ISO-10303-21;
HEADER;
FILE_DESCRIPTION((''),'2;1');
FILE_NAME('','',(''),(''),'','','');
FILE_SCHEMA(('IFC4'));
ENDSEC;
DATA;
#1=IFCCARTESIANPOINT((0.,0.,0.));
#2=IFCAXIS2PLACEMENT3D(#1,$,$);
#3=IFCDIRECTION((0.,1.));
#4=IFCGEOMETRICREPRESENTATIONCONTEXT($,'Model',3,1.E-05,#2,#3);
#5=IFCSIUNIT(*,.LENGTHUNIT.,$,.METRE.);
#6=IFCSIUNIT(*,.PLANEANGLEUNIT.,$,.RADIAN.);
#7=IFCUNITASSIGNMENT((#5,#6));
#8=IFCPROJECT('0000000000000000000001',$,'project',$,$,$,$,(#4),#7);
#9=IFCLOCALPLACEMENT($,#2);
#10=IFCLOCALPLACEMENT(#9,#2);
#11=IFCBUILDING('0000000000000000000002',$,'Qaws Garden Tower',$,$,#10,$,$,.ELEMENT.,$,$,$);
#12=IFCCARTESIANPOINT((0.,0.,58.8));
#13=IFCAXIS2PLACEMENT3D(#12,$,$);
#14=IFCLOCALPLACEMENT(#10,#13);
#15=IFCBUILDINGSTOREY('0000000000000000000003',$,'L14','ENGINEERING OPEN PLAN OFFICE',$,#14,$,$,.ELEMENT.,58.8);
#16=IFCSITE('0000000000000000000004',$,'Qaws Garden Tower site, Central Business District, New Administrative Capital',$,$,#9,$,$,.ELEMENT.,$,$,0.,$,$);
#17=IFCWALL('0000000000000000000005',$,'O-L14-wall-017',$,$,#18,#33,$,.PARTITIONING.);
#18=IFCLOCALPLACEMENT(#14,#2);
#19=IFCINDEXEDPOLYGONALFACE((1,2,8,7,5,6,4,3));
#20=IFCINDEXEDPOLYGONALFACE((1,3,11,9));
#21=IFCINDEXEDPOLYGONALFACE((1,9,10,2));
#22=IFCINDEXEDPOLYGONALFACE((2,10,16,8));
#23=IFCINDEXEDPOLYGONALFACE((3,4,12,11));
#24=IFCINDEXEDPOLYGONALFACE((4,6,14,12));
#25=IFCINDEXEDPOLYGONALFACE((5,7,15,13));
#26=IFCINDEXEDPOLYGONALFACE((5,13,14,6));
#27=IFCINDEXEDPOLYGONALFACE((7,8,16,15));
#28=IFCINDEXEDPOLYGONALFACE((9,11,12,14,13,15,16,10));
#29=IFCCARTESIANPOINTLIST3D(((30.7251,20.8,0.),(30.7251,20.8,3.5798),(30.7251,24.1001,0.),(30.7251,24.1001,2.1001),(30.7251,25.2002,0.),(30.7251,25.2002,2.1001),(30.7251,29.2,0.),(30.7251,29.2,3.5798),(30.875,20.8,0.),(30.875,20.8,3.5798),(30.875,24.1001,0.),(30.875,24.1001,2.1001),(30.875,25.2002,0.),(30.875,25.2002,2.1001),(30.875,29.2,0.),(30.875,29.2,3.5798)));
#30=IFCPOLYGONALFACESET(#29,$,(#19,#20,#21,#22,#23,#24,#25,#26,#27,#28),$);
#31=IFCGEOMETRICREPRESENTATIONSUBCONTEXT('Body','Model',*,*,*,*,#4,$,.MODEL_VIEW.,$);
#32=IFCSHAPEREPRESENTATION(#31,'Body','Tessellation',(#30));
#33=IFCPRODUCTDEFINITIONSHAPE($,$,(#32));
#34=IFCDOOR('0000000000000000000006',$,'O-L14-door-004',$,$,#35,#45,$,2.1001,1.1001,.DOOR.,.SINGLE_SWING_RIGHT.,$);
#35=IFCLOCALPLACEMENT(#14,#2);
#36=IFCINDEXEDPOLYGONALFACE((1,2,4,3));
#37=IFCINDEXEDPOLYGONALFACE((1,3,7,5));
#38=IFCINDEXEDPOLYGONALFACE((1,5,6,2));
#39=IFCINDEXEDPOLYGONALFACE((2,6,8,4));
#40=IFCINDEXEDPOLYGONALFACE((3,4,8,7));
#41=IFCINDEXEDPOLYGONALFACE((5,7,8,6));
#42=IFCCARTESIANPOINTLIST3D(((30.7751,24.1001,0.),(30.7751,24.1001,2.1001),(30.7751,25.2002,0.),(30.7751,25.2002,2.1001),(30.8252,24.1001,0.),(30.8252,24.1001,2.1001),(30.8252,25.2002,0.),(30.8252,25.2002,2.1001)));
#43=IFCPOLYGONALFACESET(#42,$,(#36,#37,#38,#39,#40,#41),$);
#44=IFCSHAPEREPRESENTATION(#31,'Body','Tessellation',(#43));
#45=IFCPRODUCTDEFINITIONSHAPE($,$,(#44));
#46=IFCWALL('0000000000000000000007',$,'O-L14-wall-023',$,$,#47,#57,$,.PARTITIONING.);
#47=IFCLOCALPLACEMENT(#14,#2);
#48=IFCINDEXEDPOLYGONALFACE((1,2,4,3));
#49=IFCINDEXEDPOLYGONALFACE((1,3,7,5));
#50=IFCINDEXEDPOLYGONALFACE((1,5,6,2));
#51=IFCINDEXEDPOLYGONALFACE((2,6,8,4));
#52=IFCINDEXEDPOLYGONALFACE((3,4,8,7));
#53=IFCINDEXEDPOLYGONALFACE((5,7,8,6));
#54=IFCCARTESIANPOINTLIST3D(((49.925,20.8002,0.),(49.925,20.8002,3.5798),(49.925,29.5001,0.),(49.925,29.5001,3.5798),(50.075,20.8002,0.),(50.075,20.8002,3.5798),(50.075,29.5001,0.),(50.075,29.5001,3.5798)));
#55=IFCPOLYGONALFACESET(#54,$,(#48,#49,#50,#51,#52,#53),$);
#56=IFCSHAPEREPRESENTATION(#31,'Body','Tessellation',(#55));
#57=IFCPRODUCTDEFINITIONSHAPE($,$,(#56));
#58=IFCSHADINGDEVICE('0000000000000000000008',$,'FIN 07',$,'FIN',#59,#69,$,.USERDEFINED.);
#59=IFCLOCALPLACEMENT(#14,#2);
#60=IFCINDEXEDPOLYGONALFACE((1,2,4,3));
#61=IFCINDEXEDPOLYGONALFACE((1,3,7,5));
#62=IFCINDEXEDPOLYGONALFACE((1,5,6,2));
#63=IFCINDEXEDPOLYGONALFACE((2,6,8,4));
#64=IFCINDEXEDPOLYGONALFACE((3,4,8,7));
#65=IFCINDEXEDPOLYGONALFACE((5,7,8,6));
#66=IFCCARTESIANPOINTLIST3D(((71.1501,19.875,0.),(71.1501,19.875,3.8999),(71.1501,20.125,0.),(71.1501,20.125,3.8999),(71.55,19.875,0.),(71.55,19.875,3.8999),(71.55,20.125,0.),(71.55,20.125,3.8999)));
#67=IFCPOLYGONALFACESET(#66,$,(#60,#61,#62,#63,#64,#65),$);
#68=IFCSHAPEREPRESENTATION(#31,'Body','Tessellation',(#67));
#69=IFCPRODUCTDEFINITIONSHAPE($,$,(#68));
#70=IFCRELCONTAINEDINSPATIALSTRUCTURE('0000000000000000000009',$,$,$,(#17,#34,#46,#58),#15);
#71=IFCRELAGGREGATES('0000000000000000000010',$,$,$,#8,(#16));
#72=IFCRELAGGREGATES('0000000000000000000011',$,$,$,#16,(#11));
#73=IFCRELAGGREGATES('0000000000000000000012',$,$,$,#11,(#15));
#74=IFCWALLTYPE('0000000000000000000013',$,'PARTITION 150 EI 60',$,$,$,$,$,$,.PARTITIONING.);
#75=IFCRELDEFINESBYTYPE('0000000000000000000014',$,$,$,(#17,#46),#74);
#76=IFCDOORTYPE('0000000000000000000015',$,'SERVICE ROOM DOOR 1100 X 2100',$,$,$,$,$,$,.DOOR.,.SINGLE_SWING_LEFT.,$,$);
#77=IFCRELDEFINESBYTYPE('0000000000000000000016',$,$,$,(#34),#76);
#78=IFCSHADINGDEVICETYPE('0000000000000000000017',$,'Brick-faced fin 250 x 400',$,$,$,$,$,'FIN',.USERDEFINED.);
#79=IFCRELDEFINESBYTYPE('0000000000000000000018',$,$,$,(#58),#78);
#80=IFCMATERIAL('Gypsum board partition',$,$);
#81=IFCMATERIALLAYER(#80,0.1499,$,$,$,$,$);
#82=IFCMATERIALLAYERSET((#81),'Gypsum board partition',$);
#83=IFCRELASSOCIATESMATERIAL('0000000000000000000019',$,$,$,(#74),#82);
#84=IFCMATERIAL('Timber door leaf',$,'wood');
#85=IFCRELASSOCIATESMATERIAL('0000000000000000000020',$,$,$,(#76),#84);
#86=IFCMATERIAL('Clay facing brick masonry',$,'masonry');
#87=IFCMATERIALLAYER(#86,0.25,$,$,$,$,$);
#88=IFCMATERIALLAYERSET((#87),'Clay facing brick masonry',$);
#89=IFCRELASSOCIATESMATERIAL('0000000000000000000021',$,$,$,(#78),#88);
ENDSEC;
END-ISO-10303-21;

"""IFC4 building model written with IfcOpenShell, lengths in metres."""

from ifc_helpers import new_model, si_unit, direction, frame, frame_2d, origin, origin_2d, place, context, subcontext, project, spatial, rectangle, extrude, material, layer, layer_set, type_object, element, fill, save


model = new_model("IFC4")

# Units and contexts
model_context = context("Model", 3, precision=1e-05, world=origin(), true_north=direction((0.0, 1.0)))
body_context = subcontext(model_context, "Body", "Model", "MODEL_VIEW")
ifc_project = project(units=[si_unit("LENGTHUNIT", "METRE"), si_unit("PLANEANGLEUNIT", "RADIAN")], contexts=[model_context])

# Site, building, storey
site_placement = place(None, origin())
site = spatial("IfcSite", under=ifc_project, at=site_placement, Name="Qaws Garden Tower site, Central Business District, New Administrative Capital", CompositionType="ELEMENT", RefElevation=0.0)
building_placement = place(site_placement, origin())
building = spatial("IfcBuilding", under=site, at=building_placement, Name="Qaws Garden Tower", CompositionType="ELEMENT")
storey_placement = place(building_placement, frame((0.0, 0.0, 58.8)))
storey = spatial("IfcBuildingStorey", under=building, at=storey_placement, Name="L14", Description="ENGINEERING OPEN PLAN OFFICE", CompositionType="ELEMENT", Elevation=58.8)

# Wall, opening, door
ifc_material_1 = material(Name="Gypsum board partition")
ifc_layer_1 = layer(ifc_material_1, 0.1499)
ifc_layer_set_1 = layer_set([ifc_layer_1], Name="Gypsum board partition")
wall_type = type_object("IfcWallType", Name="PARTITION 150 EI 60", PredefinedType="PARTITIONING", material=ifc_layer_set_1)
wall_1_placement = place(storey_placement, frame((30.8, 20.8, 0.0), z_axis=(0.0, 0.0, 1.0), x_axis=(0.0, 1.0, 0.0)))
wall_1 = element("IfcWall", 1, at=wall_1_placement, inside=storey, type_object=wall_type, Name="O-L14-wall-017", PredefinedType="PARTITIONING", context=body_context, shape_type="SweptSolid", body=[
    extrude(rectangle(XDim=8.3999, YDim=0.1499, at=frame_2d((4.2, 0.0))), origin(), (0.0, 0.0, 1.0), 3.5798),
])
opening_placement = place(wall_1_placement, frame((3.3, 0.0, 0.0)))
opening = element("IfcOpeningElement", 2, at=opening_placement, cuts=wall_1, PredefinedType="OPENING", context=body_context, shape_type="SweptSolid", body=[
    extrude(rectangle(XDim=1.1001, YDim=2.1001, at=frame_2d((0.55, 1.05))), frame((0.0, 0.085, 0.0), z_axis=(0.0, -1.0, 0.0), x_axis=(1.0, 0.0, 0.0)), (0.0, 0.0, 1.0), 0.1699),
])
ifc_material_2 = material(Name="Timber door leaf", Category="wood")
door_type = type_object("IfcDoorType", Name="SERVICE ROOM DOOR 1100 X 2100", OperationType="SINGLE_SWING_LEFT", PredefinedType="DOOR", material=ifc_material_2)
door_placement = place(opening_placement, origin())
door = element("IfcDoor", 3, at=door_placement, inside=storey, type_object=door_type, Name="O-L14-door-004", OperationType="SINGLE_SWING_RIGHT", OverallHeight=2.1001, OverallWidth=1.1001, PredefinedType="DOOR", context=body_context, shape_type="SweptSolid", body=[
    extrude(rectangle(XDim=1.1001, YDim=2.1001, at=frame_2d((0.55, 1.05))), frame((0.0, 0.0249, 0.0), z_axis=(0.0, -1.0, 0.0), x_axis=(1.0, 0.0, 0.0)), (0.0, 0.0, 1.0), 0.05),
])
fill(opening, door)

# Wall
wall_2_placement = place(storey_placement, frame((50.0, 20.8, 0.0), z_axis=(0.0, 0.0, 1.0), x_axis=(0.0, 1.0, 0.0)))
element("IfcWall", 4, at=wall_2_placement, inside=storey, type_object=wall_type, Name="O-L14-wall-023", PredefinedType="PARTITIONING", context=body_context, shape_type="SweptSolid", body=[
    extrude(rectangle(XDim=8.7, YDim=0.1499, at=frame_2d((4.3501, 0.0))), origin(), (0.0, 0.0, 1.0), 3.5798),
])

# Shading device
ifc_material_3 = material(Name="Clay facing brick masonry", Category="masonry")
ifc_layer_2 = layer(ifc_material_3, 0.25)
ifc_layer_set_2 = layer_set([ifc_layer_2], Name="Clay facing brick masonry")
shading_device_type = type_object("IfcShadingDeviceType", Name="Brick-faced fin 250 x 400", ElementType="FIN", PredefinedType="USERDEFINED", material=ifc_layer_set_2)
shading_device_placement = place(storey_placement, frame((71.3501, 20.0, 0.0), z_axis=(0.0, 0.0, 1.0), x_axis=(0.0, 1.0, 0.0)))
element("IfcShadingDevice", 5, at=shading_device_placement, inside=storey, type_object=shading_device_type, Name="FIN 07", ObjectType="FIN", PredefinedType="USERDEFINED", context=body_context, shape_type="SweptSolid", body=[
    extrude(rectangle(XDim=0.25, YDim=0.3999, at=origin_2d()), origin(), (0.0, 0.0, 1.0), 3.8999),
])

save(model, "model.ifc")
